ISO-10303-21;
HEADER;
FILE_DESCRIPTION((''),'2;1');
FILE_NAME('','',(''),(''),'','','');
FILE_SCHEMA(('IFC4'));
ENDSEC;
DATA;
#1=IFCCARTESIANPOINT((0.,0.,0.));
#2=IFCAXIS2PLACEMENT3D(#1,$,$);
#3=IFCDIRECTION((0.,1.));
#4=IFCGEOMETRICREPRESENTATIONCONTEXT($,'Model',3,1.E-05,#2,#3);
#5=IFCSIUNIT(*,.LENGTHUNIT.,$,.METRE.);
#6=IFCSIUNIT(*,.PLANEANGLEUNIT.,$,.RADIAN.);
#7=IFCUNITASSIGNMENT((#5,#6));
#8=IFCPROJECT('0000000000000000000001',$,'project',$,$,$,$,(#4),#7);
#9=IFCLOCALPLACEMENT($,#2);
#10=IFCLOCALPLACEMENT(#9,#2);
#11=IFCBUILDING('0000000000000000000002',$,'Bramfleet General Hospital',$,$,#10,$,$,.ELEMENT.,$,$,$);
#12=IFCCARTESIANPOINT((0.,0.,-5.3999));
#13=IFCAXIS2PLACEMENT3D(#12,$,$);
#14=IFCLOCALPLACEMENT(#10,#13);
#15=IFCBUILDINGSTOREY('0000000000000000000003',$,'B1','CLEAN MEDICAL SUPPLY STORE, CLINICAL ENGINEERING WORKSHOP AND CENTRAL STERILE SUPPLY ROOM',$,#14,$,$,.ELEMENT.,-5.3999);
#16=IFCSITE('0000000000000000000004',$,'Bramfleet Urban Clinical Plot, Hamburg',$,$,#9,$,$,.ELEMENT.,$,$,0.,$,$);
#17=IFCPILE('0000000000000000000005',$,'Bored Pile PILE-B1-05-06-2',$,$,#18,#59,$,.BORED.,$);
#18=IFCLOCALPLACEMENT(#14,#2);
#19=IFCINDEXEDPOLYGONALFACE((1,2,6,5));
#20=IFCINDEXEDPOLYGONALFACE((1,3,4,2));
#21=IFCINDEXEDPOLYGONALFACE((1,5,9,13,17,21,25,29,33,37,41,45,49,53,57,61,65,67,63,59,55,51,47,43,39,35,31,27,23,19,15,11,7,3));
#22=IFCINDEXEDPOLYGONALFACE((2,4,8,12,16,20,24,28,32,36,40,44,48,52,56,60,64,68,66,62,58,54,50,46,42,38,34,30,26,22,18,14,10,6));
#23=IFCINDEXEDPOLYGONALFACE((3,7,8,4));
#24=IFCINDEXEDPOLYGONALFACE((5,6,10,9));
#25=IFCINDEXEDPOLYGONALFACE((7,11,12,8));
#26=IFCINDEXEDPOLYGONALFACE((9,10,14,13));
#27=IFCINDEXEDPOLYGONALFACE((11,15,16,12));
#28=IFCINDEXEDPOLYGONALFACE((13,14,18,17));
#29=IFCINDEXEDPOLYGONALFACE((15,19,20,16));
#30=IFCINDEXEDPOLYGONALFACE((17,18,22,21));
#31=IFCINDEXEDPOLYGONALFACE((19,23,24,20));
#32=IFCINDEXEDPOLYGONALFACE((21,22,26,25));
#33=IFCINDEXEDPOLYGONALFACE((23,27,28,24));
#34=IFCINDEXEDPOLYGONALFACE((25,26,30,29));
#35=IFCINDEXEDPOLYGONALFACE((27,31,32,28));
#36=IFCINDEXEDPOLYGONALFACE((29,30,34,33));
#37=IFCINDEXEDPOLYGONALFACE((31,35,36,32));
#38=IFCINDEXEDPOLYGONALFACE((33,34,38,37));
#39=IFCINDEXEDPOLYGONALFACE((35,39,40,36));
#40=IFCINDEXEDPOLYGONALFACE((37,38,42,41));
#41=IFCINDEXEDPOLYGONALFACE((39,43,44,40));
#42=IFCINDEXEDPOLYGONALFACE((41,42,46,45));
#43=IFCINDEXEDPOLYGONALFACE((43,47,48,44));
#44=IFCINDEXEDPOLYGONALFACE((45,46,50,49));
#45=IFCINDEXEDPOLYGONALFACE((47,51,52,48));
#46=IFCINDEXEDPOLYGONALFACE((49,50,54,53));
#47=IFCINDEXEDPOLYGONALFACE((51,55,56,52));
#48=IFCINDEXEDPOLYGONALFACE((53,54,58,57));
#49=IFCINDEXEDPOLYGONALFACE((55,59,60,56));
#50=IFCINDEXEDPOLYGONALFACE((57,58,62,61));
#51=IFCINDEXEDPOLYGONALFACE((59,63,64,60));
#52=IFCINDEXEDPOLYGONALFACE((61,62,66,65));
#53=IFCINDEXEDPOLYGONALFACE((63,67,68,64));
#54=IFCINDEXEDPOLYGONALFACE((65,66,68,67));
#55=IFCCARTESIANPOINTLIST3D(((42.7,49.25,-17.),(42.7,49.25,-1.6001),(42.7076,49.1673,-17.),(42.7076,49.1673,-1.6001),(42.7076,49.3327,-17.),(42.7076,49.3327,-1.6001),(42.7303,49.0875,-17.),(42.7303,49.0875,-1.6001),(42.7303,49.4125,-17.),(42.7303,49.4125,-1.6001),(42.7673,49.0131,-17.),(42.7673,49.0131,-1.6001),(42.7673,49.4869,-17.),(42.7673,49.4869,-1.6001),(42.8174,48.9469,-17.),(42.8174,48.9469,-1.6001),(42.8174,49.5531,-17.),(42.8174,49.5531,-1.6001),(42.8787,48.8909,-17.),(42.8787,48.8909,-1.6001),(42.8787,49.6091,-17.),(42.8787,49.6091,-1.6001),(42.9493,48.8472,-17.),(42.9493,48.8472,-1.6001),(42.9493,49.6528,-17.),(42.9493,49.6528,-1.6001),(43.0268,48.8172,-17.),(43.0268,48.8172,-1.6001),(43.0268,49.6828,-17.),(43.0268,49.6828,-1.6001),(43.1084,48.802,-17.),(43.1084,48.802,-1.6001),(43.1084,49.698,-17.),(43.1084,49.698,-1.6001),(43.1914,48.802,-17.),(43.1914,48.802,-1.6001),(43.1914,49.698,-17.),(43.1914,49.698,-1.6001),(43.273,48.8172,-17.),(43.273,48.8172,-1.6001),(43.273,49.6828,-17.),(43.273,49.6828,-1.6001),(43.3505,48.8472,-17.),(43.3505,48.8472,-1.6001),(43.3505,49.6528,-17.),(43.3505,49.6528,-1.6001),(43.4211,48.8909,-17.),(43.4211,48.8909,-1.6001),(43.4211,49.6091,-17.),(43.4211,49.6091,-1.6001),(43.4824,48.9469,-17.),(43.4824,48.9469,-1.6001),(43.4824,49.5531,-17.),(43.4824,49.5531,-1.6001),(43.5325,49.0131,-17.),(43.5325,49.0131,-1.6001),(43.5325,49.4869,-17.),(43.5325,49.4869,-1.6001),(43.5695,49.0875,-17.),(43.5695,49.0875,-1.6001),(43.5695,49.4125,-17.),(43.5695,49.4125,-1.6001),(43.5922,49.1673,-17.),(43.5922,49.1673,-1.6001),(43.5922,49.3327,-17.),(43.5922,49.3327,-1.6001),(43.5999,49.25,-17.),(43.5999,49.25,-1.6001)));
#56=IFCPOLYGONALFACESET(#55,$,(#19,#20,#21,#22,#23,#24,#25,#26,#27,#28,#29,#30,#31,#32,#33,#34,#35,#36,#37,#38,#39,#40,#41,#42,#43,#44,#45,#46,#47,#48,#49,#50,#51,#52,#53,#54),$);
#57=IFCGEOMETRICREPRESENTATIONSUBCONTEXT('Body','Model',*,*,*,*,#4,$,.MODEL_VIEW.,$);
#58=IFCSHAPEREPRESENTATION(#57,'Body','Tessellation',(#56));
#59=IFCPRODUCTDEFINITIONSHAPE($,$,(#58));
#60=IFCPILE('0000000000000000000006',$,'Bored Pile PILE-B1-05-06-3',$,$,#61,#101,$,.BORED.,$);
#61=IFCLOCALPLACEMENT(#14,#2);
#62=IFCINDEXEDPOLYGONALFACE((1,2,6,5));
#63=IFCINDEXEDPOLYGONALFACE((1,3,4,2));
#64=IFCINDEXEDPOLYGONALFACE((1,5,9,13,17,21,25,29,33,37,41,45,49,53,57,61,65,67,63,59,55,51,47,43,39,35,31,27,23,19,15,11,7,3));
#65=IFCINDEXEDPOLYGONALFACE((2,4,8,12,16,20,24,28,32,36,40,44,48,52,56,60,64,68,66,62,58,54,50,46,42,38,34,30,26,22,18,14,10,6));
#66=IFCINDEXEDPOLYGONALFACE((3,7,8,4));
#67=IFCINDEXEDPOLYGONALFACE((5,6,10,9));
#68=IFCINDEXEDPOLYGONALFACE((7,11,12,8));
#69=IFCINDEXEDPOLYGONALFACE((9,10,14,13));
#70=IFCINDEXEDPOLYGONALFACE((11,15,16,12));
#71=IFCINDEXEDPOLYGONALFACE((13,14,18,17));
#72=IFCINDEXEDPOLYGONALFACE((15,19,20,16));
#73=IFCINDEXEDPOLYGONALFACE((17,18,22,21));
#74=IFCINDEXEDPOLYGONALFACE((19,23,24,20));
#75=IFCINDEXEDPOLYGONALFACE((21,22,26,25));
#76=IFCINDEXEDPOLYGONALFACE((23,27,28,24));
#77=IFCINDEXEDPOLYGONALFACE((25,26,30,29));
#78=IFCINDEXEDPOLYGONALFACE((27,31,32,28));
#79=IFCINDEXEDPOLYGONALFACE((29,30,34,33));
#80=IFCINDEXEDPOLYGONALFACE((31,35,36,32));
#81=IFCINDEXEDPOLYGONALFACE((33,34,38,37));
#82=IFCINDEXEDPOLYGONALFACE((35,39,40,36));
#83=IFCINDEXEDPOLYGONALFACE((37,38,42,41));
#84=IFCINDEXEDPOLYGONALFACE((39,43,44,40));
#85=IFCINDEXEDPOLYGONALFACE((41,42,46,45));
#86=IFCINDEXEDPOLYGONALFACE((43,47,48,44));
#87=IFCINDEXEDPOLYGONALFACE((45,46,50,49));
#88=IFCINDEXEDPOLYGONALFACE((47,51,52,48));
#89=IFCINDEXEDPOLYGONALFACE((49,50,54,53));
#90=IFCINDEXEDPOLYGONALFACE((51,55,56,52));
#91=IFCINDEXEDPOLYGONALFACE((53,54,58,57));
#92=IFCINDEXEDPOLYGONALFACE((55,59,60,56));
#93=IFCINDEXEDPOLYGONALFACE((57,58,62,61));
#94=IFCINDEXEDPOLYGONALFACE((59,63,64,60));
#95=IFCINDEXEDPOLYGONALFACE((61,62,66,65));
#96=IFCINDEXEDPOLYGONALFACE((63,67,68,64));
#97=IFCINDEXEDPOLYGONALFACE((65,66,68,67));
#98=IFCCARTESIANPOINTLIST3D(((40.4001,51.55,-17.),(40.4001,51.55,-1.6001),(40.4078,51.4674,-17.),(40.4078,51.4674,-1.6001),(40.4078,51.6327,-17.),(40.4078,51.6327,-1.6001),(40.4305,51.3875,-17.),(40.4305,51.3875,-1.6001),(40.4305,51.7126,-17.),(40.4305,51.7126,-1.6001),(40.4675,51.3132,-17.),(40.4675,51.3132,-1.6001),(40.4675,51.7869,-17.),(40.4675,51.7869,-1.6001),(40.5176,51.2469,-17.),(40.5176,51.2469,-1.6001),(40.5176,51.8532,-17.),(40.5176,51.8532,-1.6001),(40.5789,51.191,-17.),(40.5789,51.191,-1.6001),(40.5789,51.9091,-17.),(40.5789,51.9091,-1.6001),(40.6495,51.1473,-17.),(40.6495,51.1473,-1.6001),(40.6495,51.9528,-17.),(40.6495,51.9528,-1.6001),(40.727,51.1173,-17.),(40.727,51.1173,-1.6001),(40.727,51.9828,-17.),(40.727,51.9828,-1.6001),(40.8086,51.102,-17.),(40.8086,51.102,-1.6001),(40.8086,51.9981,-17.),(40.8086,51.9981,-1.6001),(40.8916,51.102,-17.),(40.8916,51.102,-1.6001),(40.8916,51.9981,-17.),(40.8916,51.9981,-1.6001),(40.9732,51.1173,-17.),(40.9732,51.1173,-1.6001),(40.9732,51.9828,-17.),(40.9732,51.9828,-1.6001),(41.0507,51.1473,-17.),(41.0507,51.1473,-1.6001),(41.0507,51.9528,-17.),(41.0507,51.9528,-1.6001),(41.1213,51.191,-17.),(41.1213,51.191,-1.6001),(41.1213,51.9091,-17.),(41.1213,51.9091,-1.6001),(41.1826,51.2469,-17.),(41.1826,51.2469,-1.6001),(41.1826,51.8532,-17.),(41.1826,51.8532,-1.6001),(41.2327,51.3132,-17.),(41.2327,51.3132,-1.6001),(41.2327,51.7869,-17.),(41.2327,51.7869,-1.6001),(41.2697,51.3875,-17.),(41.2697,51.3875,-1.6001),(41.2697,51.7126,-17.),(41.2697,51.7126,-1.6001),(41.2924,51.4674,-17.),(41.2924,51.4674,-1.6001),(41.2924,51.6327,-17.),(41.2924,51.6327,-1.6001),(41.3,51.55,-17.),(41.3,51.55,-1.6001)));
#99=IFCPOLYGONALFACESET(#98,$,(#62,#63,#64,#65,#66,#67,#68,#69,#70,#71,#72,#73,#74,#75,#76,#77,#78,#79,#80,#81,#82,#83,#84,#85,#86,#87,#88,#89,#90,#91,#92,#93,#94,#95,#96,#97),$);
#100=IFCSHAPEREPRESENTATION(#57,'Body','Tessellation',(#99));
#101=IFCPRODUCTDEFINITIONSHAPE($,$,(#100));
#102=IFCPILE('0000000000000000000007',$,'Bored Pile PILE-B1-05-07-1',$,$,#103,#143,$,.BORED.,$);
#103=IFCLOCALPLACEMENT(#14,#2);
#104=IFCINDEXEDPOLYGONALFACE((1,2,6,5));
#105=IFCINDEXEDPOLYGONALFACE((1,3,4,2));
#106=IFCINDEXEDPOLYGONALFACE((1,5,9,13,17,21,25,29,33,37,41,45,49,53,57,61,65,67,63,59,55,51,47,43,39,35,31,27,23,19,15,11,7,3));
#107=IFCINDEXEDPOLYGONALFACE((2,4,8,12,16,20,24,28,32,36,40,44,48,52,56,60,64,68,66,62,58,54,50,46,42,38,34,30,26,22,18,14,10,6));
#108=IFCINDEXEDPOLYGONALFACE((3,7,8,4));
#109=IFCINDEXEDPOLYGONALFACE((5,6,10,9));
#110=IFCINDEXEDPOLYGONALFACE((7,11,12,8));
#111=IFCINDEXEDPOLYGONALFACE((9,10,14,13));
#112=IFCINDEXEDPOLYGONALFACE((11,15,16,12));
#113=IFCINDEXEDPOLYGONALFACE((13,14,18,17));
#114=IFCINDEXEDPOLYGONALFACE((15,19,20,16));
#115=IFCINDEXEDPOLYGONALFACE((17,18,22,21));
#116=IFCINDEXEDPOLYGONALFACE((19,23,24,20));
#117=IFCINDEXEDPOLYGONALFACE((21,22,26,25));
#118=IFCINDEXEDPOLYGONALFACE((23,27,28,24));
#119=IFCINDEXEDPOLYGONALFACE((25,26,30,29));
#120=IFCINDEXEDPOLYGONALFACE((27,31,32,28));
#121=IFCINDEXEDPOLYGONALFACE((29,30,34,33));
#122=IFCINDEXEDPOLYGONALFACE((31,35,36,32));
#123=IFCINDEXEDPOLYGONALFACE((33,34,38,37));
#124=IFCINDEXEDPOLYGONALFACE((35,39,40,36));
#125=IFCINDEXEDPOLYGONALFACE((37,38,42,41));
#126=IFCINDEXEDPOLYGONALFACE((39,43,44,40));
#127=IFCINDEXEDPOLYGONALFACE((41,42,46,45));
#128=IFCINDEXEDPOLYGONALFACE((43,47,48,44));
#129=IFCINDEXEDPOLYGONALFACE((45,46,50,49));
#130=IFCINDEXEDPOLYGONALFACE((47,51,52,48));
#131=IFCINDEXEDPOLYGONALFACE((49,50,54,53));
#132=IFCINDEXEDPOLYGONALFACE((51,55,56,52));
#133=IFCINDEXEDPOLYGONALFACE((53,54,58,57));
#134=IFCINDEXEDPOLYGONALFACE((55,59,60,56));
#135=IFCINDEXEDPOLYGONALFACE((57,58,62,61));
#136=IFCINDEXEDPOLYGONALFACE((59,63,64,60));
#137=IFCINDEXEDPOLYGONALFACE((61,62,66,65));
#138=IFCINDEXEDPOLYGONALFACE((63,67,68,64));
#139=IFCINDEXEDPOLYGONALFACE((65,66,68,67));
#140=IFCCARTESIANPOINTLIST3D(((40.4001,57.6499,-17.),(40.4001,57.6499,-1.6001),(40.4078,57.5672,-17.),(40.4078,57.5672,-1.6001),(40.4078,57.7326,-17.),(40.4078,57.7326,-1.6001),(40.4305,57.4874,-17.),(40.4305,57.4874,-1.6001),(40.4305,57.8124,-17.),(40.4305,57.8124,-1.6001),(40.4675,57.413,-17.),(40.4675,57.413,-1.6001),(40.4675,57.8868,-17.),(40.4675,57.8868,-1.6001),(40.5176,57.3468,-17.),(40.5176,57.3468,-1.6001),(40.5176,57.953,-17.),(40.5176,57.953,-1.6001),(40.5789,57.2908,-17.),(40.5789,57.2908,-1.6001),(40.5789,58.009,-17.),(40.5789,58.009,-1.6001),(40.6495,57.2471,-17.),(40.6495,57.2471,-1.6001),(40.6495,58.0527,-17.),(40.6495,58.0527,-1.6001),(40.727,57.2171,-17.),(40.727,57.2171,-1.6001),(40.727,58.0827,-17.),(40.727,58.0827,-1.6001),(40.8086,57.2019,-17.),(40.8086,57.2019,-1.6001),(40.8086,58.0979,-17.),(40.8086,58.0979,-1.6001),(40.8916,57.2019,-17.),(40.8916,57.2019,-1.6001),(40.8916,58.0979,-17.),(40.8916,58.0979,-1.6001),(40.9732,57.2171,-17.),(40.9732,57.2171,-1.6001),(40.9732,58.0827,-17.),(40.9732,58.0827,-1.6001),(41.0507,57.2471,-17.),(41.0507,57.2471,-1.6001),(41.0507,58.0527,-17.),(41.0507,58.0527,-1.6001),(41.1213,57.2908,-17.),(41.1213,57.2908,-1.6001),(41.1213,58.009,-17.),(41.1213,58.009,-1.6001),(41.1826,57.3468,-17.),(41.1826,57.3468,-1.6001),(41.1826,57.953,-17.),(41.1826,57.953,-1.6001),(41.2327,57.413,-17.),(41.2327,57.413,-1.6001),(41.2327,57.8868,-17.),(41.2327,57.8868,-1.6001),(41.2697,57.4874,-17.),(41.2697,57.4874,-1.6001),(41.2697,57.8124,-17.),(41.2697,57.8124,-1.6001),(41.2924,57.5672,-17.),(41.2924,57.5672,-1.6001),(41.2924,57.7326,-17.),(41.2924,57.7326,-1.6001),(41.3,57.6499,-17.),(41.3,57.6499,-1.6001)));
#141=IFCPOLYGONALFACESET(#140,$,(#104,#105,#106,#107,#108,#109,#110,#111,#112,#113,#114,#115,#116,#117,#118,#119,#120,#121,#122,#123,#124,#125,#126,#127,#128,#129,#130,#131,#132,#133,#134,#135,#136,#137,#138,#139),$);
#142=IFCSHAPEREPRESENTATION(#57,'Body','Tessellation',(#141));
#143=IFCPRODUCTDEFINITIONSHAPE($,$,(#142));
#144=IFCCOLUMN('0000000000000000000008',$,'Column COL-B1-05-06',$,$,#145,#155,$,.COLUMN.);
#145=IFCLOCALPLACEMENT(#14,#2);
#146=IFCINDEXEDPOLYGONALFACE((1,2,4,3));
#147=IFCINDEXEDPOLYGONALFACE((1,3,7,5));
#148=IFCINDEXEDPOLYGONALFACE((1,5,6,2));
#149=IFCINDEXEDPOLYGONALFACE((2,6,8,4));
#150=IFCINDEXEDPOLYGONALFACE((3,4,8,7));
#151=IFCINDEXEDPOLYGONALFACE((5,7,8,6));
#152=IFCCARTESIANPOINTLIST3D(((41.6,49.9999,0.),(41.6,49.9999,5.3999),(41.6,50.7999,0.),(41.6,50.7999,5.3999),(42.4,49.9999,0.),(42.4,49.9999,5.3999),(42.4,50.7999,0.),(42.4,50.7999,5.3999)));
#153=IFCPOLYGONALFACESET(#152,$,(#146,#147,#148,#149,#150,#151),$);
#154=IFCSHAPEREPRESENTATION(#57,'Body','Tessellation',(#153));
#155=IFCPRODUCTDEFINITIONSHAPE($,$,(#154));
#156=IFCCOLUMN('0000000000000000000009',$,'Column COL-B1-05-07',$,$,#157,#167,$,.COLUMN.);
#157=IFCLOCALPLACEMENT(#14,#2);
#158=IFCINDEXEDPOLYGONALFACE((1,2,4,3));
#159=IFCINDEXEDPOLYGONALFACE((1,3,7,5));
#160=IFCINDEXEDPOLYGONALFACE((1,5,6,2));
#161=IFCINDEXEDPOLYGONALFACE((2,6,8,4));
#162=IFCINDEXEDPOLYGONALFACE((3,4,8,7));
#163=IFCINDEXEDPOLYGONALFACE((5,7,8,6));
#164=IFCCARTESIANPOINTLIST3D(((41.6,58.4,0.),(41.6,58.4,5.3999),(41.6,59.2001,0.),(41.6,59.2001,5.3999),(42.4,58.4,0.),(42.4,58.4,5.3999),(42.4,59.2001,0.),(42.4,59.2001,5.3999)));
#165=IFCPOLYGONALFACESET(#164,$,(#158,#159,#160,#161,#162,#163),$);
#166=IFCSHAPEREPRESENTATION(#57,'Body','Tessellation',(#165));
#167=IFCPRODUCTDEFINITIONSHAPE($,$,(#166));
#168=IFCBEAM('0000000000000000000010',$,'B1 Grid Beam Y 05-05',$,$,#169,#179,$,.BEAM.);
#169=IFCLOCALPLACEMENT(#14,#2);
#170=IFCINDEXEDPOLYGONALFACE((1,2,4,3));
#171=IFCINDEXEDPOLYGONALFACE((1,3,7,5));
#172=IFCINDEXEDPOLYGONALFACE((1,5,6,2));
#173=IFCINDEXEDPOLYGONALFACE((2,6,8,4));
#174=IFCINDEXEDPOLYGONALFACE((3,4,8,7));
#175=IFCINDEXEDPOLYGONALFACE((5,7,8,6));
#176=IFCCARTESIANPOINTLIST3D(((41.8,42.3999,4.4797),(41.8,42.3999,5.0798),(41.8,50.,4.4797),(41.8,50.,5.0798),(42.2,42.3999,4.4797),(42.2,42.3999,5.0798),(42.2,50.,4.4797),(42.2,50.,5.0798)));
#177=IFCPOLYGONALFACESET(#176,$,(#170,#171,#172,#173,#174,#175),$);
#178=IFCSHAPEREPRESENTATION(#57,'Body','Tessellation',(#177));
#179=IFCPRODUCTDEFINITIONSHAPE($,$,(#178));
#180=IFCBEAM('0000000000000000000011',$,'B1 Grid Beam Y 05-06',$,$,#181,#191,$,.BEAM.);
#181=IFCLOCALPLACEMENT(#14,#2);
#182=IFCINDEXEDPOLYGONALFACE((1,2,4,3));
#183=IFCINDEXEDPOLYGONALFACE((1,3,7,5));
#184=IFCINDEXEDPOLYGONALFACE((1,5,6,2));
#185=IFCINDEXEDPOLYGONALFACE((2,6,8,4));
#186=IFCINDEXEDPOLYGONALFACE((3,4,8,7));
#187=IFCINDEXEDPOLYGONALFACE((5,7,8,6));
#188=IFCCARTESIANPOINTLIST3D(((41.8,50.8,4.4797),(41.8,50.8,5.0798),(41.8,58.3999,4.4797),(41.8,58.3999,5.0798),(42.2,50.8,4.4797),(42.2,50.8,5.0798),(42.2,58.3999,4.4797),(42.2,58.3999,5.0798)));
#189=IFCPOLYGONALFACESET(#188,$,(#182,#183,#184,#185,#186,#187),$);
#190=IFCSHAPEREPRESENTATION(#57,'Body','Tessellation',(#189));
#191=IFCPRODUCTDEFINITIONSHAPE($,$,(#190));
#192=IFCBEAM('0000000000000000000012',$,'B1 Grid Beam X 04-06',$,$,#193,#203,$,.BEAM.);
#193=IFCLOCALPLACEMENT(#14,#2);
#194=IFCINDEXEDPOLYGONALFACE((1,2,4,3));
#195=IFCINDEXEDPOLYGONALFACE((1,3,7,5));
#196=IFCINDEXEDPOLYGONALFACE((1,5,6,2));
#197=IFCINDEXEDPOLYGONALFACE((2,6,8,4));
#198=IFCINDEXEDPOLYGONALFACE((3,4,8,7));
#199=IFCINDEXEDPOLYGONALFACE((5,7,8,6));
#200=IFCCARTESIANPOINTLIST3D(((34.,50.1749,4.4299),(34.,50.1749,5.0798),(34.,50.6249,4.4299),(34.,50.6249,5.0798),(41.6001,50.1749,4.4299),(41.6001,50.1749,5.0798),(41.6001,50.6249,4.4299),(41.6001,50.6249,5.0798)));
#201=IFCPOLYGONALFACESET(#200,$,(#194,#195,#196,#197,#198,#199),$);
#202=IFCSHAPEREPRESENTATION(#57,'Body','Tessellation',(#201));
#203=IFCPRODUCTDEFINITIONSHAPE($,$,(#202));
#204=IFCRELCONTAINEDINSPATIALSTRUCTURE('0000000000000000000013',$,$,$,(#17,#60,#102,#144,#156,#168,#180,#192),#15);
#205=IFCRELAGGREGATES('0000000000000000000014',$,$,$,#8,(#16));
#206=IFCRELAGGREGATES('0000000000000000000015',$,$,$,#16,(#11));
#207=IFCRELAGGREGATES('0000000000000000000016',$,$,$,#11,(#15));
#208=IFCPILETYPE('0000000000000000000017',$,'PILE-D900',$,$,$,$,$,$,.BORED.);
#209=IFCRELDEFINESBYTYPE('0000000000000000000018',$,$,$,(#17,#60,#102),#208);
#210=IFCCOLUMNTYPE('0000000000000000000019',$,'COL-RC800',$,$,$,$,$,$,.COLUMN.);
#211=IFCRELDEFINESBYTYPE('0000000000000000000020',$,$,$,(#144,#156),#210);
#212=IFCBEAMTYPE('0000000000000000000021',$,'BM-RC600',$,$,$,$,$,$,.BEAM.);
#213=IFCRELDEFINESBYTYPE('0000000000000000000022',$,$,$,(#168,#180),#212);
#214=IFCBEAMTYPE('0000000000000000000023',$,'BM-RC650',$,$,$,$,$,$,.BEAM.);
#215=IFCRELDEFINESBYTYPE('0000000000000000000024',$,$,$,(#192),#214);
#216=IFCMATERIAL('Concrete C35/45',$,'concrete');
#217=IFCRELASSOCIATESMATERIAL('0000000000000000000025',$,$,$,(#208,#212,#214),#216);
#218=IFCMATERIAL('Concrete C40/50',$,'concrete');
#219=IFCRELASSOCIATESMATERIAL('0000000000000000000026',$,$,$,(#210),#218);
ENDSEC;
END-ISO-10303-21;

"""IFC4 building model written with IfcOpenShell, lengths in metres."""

from ifc_helpers import new_model, si_unit, direction, frame, origin, origin_2d, place, context, subcontext, project, spatial, rectangle, circle, extrude, material, material_profile, profile_set, type_object, element, save


model = new_model("IFC4")

# Units and contexts
model_context = context("Model", 3, precision=1e-05, world=origin(), true_north=direction((0.0, 1.0)))
body_context = subcontext(model_context, "Body", "Model", "MODEL_VIEW")
ifc_project = project(units=[si_unit("LENGTHUNIT", "METRE"), si_unit("PLANEANGLEUNIT", "RADIAN")], contexts=[model_context])

# Site, building, storey
site_placement = place(None, origin())
site = spatial("IfcSite", under=ifc_project, at=site_placement, Name="Bramfleet Urban Clinical Plot, Hamburg", CompositionType="ELEMENT", RefElevation=0.0)
building_placement = place(site_placement, origin())
building = spatial("IfcBuilding", under=site, at=building_placement, Name="Bramfleet General Hospital", CompositionType="ELEMENT")
storey_placement = place(building_placement, frame((0.0, 0.0, -5.3999)))
storey = spatial("IfcBuildingStorey", under=building, at=storey_placement, Name="B1", Description="CLEAN MEDICAL SUPPLY STORE, CLINICAL ENGINEERING WORKSHOP AND CENTRAL STERILE SUPPLY ROOM", CompositionType="ELEMENT", Elevation=-5.3999)

# Shared definitions
ifc_material_1 = material(Name="Concrete C35/45", Category="concrete")

# Piles
ifc_material_profile_1 = material_profile(ifc_material_1, circle(Radius=0.45, at=origin_2d()), Name="PILE BORED D900")
ifc_profile_set_1 = profile_set([ifc_material_profile_1], Name="Concrete C35/45")
pile_type_1 = type_object("IfcPileType", Name="PILE-D900", PredefinedType="BORED", material=ifc_profile_set_1)
for number, where, z_axis, x_axis, name in (
    (1, (43.1499, 49.25, -1.6001), (0.0, 0.0, -1.0), (1.0, 0.0, 0.0), "Bored Pile PILE-B1-05-06-2"),
    (2, (40.8501, 51.55, -1.6001), (0.0, 0.0, -1.0), (1.0, 0.0, 0.0), "Bored Pile PILE-B1-05-06-3"),
    (3, (40.8501, 57.6499, -1.6001), (0.0, 0.0, -1.0), (1.0, 0.0, 0.0), "Bored Pile PILE-B1-05-07-1"),
):
    element("IfcPile", number, at=place(storey_placement, frame(where, z_axis=z_axis, x_axis=x_axis)), inside=storey, type_object=pile_type_1, Name=name, PredefinedType="BORED", context=body_context, shape_type="SweptSolid", body=[
        extrude(circle(Radius=0.45, at=origin_2d()), origin(), (0.0, 0.0, 1.0), 15.3999),
    ])

# Columns
ifc_material_2 = material(Name="Concrete C40/50", Category="concrete")
ifc_material_profile_2 = material_profile(ifc_material_2, rectangle(XDim=0.8, YDim=0.8, at=origin_2d()), Name="RC COL 800x800")
ifc_profile_set_2 = profile_set([ifc_material_profile_2], Name="Concrete C40/50")
column_type = type_object("IfcColumnType", Name="COL-RC800", PredefinedType="COLUMN", material=ifc_profile_set_2)
for number, where, z_axis, x_axis, name in (
    (4, (42.0, 50.3999, 0.0), (0.0, 0.0, 1.0), (1.0, 0.0, 0.0), "Column COL-B1-05-06"),
    (5, (42.0, 58.8, 0.0), (0.0, 0.0, 1.0), (1.0, 0.0, 0.0), "Column COL-B1-05-07"),
):
    element("IfcColumn", number, at=place(storey_placement, frame(where, z_axis=z_axis, x_axis=x_axis)), inside=storey, type_object=column_type, Name=name, PredefinedType="COLUMN", context=body_context, shape_type="SweptSolid", body=[
        extrude(rectangle(XDim=0.8, YDim=0.8, at=origin_2d()), origin(), (0.0, 0.0, 1.0), 5.3999),
    ])

# Beams
ifc_material_profile_3 = material_profile(ifc_material_1, rectangle(XDim=0.3999, YDim=0.6001, at=origin_2d()), Name="RC BM 600x400")
ifc_profile_set_3 = profile_set([ifc_material_profile_3], Name="Concrete C35/45")
beam_type_1 = type_object("IfcBeamType", Name="BM-RC600", PredefinedType="BEAM", material=ifc_profile_set_3)
beam_1_placement = place(storey_placement, frame((42.0, 42.3999, 4.7798), z_axis=(0.0, 1.0, 0.0), x_axis=(-1.0, 0.0, 0.0)))
element("IfcBeam", 6, at=beam_1_placement, inside=storey, type_object=beam_type_1, Name="B1 Grid Beam Y 05-05", PredefinedType="BEAM", context=body_context, shape_type="SweptSolid", body=[
    extrude(rectangle(XDim=0.3999, YDim=0.6001, at=origin_2d()), origin(), (0.0, 0.0, 1.0), 7.6001),
])
beam_2_placement = place(storey_placement, frame((42.0, 50.8, 4.7798), z_axis=(0.0, 1.0, 0.0), x_axis=(-1.0, 0.0, 0.0)))
element("IfcBeam", 7, at=beam_2_placement, inside=storey, type_object=beam_type_1, Name="B1 Grid Beam Y 05-06", PredefinedType="BEAM", context=body_context, shape_type="SweptSolid", body=[
    extrude(rectangle(XDim=0.3999, YDim=0.6001, at=origin_2d()), origin(), (0.0, 0.0, 1.0), 7.5999),
])
ifc_material_profile_4 = material_profile(ifc_material_1, rectangle(XDim=0.45, YDim=0.6499, at=origin_2d()), Name="RC BM 650x450")
ifc_profile_set_4 = profile_set([ifc_material_profile_4], Name="Concrete C35/45")
beam_type_2 = type_object("IfcBeamType", Name="BM-RC650", PredefinedType="BEAM", material=ifc_profile_set_4)
for number, where, z_axis, x_axis, name in (
    (8, (34.0, 50.3999, 4.7549), (1.0, 0.0, 0.0), (0.0, 1.0, 0.0), "B1 Grid Beam X 04-06"),
):
    element("IfcBeam", number, at=place(storey_placement, frame(where, z_axis=z_axis, x_axis=x_axis)), inside=storey, type_object=beam_type_2, Name=name, PredefinedType="BEAM", context=body_context, shape_type="SweptSolid", body=[
        extrude(rectangle(XDim=0.45, YDim=0.6499, at=origin_2d()), origin(), (0.0, 0.0, 1.0), 7.6001),
    ])

save(model, "model.ifc")
